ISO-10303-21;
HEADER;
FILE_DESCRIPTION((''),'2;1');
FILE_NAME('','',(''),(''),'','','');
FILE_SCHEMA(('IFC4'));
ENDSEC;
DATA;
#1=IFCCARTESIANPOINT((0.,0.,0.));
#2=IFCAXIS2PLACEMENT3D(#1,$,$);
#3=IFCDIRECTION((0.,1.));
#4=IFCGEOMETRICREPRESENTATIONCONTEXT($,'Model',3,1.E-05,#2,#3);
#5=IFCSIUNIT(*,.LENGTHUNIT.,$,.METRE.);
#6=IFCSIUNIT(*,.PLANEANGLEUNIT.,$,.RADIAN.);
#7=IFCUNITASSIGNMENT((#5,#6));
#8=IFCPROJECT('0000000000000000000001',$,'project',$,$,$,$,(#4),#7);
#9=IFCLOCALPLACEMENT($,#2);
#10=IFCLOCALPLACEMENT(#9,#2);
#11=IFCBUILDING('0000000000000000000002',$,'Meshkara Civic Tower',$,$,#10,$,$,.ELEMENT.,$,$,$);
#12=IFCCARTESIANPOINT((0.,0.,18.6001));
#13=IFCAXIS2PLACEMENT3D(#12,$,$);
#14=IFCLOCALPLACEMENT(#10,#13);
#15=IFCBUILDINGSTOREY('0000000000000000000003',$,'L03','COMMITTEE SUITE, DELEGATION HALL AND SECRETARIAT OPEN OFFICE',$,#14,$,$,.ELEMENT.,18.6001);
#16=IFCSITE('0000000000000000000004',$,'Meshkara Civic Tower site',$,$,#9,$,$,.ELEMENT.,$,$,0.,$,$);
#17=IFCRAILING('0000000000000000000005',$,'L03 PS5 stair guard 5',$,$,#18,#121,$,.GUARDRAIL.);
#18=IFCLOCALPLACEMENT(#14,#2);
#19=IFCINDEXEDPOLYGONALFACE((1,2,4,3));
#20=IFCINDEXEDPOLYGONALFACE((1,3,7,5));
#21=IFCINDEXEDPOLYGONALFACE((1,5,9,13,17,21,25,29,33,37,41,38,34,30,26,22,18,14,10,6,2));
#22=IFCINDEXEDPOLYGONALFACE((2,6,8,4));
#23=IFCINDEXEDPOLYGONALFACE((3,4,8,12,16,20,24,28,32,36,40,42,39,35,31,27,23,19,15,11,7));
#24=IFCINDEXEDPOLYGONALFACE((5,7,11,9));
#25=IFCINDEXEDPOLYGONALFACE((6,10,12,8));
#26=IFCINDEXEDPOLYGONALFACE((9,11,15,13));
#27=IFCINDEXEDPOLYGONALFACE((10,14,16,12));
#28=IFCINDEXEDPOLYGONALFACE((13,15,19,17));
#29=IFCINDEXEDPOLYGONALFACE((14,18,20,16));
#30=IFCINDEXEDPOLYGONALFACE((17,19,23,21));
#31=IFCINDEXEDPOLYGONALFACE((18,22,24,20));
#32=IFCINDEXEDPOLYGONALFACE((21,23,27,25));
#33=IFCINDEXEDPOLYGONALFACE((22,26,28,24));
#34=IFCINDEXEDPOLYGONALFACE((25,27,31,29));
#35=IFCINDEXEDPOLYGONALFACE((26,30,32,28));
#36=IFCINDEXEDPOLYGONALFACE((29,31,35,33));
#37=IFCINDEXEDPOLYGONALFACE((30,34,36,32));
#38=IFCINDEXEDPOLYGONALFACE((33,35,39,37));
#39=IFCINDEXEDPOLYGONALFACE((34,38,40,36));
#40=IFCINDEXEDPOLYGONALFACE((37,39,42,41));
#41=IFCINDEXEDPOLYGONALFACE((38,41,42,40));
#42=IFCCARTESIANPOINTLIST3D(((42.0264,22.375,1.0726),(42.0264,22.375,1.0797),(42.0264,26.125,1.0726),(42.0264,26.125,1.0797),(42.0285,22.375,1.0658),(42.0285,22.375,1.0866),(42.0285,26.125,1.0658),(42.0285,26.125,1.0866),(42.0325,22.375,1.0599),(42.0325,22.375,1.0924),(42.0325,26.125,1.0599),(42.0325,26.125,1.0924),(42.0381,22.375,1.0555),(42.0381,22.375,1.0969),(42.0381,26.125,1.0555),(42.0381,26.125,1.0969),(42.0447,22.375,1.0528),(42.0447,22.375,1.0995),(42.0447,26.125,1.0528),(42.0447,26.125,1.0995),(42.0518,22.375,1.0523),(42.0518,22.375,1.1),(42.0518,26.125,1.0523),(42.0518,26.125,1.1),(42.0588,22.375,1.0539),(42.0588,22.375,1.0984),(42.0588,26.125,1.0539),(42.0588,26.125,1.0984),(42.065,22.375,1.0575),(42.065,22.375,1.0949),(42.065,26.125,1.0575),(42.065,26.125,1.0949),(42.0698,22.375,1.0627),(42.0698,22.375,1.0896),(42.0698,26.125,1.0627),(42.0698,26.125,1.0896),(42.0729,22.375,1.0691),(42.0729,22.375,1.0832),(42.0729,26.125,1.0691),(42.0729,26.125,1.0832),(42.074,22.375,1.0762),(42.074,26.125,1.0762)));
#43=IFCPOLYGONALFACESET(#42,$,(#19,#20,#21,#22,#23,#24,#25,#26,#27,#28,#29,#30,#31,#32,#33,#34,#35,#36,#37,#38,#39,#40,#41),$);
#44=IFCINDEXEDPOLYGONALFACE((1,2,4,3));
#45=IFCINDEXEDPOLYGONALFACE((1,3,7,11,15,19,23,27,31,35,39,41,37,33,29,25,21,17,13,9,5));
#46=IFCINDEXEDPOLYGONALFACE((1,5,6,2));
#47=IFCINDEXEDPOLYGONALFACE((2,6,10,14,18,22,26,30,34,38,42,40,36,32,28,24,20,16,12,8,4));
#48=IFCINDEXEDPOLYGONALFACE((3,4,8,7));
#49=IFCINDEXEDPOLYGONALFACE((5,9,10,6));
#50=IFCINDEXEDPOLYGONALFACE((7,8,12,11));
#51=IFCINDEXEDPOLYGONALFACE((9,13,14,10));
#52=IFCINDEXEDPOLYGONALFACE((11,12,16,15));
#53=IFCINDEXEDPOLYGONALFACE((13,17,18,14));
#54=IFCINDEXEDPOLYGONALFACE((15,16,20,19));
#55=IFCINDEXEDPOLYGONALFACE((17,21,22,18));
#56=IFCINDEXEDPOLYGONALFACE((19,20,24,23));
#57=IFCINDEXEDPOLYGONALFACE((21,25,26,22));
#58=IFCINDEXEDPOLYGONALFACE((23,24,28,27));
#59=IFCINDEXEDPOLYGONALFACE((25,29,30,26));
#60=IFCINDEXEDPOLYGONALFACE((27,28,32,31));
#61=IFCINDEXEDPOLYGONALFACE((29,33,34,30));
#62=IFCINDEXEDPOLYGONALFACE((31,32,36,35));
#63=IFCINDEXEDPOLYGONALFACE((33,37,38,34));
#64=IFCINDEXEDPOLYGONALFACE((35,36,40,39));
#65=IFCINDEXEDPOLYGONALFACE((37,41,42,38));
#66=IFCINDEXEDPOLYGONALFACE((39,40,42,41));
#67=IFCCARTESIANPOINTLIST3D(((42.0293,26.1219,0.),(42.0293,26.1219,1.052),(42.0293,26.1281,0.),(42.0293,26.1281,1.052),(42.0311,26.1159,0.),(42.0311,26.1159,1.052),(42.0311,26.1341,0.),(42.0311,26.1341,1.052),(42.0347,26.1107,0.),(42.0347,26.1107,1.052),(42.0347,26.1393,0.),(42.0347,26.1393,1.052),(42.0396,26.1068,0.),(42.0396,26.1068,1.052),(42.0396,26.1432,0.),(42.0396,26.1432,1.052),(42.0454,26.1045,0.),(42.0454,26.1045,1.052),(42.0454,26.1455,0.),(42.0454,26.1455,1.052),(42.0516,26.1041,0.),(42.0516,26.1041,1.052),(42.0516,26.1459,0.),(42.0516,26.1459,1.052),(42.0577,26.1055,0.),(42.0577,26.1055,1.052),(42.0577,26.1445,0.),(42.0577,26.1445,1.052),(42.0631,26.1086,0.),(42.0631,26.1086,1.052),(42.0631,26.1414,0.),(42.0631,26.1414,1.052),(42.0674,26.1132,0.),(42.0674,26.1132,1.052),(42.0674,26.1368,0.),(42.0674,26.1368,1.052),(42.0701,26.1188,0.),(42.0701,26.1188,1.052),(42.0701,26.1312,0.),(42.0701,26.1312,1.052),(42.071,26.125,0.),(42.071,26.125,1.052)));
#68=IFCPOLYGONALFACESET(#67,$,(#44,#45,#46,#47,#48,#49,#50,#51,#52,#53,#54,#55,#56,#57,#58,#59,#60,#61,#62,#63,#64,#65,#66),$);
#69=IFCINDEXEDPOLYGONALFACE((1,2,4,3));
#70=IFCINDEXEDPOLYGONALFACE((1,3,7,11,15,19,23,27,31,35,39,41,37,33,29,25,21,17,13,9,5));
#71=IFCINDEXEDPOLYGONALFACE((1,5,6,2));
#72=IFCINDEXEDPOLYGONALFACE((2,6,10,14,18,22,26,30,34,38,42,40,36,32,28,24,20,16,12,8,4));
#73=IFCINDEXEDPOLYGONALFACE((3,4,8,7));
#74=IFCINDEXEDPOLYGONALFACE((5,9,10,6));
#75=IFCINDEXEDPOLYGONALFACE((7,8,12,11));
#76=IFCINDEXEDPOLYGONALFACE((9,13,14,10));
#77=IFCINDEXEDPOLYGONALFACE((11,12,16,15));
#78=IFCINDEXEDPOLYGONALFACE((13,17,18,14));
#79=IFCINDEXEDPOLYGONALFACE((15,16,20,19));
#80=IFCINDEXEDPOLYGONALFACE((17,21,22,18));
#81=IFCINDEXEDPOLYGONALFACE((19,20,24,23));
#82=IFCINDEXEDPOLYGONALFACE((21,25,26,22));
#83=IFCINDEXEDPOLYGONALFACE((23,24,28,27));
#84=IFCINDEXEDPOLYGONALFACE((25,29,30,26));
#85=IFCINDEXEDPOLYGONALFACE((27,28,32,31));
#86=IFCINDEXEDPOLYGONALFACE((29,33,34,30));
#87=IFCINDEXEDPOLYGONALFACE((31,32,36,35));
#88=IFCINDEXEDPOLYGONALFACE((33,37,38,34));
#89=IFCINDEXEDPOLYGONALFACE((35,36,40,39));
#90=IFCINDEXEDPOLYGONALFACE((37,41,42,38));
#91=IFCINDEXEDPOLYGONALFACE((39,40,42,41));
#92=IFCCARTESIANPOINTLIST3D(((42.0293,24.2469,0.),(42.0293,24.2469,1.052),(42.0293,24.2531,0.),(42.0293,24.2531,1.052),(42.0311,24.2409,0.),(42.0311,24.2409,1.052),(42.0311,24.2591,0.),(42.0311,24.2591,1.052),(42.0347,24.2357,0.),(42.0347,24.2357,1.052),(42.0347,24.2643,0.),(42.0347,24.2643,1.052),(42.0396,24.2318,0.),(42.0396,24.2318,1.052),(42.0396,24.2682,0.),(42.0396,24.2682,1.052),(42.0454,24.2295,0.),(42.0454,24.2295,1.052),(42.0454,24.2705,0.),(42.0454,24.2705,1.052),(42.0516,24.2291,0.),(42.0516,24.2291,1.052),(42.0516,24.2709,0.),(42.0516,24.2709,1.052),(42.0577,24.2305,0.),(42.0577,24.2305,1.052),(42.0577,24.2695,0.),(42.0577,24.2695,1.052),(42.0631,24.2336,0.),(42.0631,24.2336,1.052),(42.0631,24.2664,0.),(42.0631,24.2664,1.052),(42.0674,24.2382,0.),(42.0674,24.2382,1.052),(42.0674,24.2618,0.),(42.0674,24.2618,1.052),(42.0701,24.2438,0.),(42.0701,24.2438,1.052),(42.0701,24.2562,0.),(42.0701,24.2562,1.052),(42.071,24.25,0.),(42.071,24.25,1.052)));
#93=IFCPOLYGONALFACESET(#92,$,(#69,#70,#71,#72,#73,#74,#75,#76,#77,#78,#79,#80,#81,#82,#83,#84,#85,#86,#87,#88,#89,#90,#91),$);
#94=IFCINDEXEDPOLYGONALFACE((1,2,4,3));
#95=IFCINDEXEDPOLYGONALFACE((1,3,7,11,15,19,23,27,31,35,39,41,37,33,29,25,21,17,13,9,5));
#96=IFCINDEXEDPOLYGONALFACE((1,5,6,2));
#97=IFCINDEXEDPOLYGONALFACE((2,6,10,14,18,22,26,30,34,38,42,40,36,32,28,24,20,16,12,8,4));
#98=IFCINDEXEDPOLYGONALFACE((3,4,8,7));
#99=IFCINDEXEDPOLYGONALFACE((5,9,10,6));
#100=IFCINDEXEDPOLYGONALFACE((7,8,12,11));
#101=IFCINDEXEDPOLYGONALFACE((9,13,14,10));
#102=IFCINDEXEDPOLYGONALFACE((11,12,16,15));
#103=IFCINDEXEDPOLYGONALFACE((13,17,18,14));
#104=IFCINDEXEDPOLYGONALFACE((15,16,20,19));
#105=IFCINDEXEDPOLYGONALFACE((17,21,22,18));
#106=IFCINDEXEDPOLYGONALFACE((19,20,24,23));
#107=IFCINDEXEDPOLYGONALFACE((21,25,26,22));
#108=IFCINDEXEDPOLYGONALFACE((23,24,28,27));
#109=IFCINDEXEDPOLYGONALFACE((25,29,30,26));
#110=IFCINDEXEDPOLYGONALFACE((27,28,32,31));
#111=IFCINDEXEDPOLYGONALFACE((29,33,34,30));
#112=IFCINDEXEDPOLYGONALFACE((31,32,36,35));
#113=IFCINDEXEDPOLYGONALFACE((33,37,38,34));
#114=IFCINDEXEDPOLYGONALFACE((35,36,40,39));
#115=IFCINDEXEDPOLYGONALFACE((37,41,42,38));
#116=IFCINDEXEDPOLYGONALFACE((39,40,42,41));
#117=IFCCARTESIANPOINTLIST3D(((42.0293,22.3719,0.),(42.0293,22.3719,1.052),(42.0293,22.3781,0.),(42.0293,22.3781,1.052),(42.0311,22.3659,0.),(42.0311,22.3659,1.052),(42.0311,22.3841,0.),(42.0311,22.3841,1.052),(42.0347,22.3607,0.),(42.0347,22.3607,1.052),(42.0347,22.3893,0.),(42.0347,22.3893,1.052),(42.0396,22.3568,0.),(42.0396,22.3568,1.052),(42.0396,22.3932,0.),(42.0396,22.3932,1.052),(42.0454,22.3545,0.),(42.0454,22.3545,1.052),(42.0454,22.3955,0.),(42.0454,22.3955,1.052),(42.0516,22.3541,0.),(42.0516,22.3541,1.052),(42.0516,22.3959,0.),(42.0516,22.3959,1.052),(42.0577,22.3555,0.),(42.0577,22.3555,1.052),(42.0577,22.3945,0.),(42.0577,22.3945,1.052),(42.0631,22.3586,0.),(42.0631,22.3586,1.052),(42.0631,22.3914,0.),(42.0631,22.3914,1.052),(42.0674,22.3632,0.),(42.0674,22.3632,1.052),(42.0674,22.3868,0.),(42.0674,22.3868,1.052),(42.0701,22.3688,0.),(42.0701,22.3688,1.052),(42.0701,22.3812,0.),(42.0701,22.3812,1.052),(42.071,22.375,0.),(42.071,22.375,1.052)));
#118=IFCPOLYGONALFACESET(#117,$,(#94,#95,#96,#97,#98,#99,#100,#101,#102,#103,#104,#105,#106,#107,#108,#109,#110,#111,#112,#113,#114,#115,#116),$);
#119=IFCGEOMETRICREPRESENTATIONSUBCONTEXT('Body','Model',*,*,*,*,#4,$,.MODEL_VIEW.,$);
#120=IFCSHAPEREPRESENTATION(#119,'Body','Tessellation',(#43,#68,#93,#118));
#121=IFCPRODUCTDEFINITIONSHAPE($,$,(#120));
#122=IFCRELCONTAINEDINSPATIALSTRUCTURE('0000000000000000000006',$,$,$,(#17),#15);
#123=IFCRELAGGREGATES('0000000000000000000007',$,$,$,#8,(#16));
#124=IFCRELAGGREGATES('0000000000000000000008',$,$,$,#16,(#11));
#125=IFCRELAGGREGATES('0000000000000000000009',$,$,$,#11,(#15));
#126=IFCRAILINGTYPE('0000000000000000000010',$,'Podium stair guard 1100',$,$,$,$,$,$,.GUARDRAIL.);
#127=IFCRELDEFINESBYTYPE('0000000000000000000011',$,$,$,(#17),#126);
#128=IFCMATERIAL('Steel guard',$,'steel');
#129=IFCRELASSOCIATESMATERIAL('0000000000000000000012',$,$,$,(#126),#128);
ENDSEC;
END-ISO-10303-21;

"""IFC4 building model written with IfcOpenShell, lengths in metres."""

from ifc_helpers import new_model, si_unit, direction, frame, origin, origin_2d, place, context, subcontext, project, spatial, circle, extrude, material, type_object, element, save


model = new_model("IFC4")

# Units and contexts
model_context = context("Model", 3, precision=1e-05, world=origin(), true_north=direction((0.0, 1.0)))
body_context = subcontext(model_context, "Body", "Model", "MODEL_VIEW")
ifc_project = project(units=[si_unit("LENGTHUNIT", "METRE"), si_unit("PLANEANGLEUNIT", "RADIAN")], contexts=[model_context])

# Site, building, storey
site_placement = place(None, origin())
site = spatial("IfcSite", under=ifc_project, at=site_placement, Name="Meshkara Civic Tower site", CompositionType="ELEMENT", RefElevation=0.0)
building_placement = place(site_placement, origin())
building = spatial("IfcBuilding", under=site, at=building_placement, Name="Meshkara Civic Tower", CompositionType="ELEMENT")
storey_placement = place(building_placement, frame((0.0, 0.0, 18.6001)))
storey = spatial("IfcBuildingStorey", under=building, at=storey_placement, Name="L03", Description="COMMITTEE SUITE, DELEGATION HALL AND SECRETARIAT OPEN OFFICE", CompositionType="ELEMENT", Elevation=18.6001)

# Railing
ifc_material_1 = material(Name="Steel guard", Category="steel")
railing_type = type_object("IfcRailingType", Name="Podium stair guard 1100", PredefinedType="GUARDRAIL", material=ifc_material_1)
railing_1_placement = place(storey_placement, frame((42.05, 26.125, 0.0)))
element("IfcRailing", 1, at=railing_1_placement, inside=storey, type_object=railing_type, Name="L03 PS5 stair guard 5", PredefinedType="GUARDRAIL", context=body_context, shape_type="SweptSolid", body=[
    extrude(circle(Radius=0.0239, at=origin_2d()), frame((0.0, 0.0, 1.0762), z_axis=(0.0, -1.0, 0.0), x_axis=(1.0, 0.0, 0.0)), (0.0, 0.0, 1.0), 3.75),
    extrude(circle(Radius=0.021, at=origin_2d()), origin(), (0.0, 0.0, 1.0), 1.052),
    extrude(circle(Radius=0.021, at=origin_2d()), frame((0.0, -1.875, 0.0)), (0.0, 0.0, 1.0), 1.052),
    extrude(circle(Radius=0.021, at=origin_2d()), frame((0.0, -3.75, 0.0)), (0.0, 0.0, 1.0), 1.052),
])

save(model, "model.ifc")
